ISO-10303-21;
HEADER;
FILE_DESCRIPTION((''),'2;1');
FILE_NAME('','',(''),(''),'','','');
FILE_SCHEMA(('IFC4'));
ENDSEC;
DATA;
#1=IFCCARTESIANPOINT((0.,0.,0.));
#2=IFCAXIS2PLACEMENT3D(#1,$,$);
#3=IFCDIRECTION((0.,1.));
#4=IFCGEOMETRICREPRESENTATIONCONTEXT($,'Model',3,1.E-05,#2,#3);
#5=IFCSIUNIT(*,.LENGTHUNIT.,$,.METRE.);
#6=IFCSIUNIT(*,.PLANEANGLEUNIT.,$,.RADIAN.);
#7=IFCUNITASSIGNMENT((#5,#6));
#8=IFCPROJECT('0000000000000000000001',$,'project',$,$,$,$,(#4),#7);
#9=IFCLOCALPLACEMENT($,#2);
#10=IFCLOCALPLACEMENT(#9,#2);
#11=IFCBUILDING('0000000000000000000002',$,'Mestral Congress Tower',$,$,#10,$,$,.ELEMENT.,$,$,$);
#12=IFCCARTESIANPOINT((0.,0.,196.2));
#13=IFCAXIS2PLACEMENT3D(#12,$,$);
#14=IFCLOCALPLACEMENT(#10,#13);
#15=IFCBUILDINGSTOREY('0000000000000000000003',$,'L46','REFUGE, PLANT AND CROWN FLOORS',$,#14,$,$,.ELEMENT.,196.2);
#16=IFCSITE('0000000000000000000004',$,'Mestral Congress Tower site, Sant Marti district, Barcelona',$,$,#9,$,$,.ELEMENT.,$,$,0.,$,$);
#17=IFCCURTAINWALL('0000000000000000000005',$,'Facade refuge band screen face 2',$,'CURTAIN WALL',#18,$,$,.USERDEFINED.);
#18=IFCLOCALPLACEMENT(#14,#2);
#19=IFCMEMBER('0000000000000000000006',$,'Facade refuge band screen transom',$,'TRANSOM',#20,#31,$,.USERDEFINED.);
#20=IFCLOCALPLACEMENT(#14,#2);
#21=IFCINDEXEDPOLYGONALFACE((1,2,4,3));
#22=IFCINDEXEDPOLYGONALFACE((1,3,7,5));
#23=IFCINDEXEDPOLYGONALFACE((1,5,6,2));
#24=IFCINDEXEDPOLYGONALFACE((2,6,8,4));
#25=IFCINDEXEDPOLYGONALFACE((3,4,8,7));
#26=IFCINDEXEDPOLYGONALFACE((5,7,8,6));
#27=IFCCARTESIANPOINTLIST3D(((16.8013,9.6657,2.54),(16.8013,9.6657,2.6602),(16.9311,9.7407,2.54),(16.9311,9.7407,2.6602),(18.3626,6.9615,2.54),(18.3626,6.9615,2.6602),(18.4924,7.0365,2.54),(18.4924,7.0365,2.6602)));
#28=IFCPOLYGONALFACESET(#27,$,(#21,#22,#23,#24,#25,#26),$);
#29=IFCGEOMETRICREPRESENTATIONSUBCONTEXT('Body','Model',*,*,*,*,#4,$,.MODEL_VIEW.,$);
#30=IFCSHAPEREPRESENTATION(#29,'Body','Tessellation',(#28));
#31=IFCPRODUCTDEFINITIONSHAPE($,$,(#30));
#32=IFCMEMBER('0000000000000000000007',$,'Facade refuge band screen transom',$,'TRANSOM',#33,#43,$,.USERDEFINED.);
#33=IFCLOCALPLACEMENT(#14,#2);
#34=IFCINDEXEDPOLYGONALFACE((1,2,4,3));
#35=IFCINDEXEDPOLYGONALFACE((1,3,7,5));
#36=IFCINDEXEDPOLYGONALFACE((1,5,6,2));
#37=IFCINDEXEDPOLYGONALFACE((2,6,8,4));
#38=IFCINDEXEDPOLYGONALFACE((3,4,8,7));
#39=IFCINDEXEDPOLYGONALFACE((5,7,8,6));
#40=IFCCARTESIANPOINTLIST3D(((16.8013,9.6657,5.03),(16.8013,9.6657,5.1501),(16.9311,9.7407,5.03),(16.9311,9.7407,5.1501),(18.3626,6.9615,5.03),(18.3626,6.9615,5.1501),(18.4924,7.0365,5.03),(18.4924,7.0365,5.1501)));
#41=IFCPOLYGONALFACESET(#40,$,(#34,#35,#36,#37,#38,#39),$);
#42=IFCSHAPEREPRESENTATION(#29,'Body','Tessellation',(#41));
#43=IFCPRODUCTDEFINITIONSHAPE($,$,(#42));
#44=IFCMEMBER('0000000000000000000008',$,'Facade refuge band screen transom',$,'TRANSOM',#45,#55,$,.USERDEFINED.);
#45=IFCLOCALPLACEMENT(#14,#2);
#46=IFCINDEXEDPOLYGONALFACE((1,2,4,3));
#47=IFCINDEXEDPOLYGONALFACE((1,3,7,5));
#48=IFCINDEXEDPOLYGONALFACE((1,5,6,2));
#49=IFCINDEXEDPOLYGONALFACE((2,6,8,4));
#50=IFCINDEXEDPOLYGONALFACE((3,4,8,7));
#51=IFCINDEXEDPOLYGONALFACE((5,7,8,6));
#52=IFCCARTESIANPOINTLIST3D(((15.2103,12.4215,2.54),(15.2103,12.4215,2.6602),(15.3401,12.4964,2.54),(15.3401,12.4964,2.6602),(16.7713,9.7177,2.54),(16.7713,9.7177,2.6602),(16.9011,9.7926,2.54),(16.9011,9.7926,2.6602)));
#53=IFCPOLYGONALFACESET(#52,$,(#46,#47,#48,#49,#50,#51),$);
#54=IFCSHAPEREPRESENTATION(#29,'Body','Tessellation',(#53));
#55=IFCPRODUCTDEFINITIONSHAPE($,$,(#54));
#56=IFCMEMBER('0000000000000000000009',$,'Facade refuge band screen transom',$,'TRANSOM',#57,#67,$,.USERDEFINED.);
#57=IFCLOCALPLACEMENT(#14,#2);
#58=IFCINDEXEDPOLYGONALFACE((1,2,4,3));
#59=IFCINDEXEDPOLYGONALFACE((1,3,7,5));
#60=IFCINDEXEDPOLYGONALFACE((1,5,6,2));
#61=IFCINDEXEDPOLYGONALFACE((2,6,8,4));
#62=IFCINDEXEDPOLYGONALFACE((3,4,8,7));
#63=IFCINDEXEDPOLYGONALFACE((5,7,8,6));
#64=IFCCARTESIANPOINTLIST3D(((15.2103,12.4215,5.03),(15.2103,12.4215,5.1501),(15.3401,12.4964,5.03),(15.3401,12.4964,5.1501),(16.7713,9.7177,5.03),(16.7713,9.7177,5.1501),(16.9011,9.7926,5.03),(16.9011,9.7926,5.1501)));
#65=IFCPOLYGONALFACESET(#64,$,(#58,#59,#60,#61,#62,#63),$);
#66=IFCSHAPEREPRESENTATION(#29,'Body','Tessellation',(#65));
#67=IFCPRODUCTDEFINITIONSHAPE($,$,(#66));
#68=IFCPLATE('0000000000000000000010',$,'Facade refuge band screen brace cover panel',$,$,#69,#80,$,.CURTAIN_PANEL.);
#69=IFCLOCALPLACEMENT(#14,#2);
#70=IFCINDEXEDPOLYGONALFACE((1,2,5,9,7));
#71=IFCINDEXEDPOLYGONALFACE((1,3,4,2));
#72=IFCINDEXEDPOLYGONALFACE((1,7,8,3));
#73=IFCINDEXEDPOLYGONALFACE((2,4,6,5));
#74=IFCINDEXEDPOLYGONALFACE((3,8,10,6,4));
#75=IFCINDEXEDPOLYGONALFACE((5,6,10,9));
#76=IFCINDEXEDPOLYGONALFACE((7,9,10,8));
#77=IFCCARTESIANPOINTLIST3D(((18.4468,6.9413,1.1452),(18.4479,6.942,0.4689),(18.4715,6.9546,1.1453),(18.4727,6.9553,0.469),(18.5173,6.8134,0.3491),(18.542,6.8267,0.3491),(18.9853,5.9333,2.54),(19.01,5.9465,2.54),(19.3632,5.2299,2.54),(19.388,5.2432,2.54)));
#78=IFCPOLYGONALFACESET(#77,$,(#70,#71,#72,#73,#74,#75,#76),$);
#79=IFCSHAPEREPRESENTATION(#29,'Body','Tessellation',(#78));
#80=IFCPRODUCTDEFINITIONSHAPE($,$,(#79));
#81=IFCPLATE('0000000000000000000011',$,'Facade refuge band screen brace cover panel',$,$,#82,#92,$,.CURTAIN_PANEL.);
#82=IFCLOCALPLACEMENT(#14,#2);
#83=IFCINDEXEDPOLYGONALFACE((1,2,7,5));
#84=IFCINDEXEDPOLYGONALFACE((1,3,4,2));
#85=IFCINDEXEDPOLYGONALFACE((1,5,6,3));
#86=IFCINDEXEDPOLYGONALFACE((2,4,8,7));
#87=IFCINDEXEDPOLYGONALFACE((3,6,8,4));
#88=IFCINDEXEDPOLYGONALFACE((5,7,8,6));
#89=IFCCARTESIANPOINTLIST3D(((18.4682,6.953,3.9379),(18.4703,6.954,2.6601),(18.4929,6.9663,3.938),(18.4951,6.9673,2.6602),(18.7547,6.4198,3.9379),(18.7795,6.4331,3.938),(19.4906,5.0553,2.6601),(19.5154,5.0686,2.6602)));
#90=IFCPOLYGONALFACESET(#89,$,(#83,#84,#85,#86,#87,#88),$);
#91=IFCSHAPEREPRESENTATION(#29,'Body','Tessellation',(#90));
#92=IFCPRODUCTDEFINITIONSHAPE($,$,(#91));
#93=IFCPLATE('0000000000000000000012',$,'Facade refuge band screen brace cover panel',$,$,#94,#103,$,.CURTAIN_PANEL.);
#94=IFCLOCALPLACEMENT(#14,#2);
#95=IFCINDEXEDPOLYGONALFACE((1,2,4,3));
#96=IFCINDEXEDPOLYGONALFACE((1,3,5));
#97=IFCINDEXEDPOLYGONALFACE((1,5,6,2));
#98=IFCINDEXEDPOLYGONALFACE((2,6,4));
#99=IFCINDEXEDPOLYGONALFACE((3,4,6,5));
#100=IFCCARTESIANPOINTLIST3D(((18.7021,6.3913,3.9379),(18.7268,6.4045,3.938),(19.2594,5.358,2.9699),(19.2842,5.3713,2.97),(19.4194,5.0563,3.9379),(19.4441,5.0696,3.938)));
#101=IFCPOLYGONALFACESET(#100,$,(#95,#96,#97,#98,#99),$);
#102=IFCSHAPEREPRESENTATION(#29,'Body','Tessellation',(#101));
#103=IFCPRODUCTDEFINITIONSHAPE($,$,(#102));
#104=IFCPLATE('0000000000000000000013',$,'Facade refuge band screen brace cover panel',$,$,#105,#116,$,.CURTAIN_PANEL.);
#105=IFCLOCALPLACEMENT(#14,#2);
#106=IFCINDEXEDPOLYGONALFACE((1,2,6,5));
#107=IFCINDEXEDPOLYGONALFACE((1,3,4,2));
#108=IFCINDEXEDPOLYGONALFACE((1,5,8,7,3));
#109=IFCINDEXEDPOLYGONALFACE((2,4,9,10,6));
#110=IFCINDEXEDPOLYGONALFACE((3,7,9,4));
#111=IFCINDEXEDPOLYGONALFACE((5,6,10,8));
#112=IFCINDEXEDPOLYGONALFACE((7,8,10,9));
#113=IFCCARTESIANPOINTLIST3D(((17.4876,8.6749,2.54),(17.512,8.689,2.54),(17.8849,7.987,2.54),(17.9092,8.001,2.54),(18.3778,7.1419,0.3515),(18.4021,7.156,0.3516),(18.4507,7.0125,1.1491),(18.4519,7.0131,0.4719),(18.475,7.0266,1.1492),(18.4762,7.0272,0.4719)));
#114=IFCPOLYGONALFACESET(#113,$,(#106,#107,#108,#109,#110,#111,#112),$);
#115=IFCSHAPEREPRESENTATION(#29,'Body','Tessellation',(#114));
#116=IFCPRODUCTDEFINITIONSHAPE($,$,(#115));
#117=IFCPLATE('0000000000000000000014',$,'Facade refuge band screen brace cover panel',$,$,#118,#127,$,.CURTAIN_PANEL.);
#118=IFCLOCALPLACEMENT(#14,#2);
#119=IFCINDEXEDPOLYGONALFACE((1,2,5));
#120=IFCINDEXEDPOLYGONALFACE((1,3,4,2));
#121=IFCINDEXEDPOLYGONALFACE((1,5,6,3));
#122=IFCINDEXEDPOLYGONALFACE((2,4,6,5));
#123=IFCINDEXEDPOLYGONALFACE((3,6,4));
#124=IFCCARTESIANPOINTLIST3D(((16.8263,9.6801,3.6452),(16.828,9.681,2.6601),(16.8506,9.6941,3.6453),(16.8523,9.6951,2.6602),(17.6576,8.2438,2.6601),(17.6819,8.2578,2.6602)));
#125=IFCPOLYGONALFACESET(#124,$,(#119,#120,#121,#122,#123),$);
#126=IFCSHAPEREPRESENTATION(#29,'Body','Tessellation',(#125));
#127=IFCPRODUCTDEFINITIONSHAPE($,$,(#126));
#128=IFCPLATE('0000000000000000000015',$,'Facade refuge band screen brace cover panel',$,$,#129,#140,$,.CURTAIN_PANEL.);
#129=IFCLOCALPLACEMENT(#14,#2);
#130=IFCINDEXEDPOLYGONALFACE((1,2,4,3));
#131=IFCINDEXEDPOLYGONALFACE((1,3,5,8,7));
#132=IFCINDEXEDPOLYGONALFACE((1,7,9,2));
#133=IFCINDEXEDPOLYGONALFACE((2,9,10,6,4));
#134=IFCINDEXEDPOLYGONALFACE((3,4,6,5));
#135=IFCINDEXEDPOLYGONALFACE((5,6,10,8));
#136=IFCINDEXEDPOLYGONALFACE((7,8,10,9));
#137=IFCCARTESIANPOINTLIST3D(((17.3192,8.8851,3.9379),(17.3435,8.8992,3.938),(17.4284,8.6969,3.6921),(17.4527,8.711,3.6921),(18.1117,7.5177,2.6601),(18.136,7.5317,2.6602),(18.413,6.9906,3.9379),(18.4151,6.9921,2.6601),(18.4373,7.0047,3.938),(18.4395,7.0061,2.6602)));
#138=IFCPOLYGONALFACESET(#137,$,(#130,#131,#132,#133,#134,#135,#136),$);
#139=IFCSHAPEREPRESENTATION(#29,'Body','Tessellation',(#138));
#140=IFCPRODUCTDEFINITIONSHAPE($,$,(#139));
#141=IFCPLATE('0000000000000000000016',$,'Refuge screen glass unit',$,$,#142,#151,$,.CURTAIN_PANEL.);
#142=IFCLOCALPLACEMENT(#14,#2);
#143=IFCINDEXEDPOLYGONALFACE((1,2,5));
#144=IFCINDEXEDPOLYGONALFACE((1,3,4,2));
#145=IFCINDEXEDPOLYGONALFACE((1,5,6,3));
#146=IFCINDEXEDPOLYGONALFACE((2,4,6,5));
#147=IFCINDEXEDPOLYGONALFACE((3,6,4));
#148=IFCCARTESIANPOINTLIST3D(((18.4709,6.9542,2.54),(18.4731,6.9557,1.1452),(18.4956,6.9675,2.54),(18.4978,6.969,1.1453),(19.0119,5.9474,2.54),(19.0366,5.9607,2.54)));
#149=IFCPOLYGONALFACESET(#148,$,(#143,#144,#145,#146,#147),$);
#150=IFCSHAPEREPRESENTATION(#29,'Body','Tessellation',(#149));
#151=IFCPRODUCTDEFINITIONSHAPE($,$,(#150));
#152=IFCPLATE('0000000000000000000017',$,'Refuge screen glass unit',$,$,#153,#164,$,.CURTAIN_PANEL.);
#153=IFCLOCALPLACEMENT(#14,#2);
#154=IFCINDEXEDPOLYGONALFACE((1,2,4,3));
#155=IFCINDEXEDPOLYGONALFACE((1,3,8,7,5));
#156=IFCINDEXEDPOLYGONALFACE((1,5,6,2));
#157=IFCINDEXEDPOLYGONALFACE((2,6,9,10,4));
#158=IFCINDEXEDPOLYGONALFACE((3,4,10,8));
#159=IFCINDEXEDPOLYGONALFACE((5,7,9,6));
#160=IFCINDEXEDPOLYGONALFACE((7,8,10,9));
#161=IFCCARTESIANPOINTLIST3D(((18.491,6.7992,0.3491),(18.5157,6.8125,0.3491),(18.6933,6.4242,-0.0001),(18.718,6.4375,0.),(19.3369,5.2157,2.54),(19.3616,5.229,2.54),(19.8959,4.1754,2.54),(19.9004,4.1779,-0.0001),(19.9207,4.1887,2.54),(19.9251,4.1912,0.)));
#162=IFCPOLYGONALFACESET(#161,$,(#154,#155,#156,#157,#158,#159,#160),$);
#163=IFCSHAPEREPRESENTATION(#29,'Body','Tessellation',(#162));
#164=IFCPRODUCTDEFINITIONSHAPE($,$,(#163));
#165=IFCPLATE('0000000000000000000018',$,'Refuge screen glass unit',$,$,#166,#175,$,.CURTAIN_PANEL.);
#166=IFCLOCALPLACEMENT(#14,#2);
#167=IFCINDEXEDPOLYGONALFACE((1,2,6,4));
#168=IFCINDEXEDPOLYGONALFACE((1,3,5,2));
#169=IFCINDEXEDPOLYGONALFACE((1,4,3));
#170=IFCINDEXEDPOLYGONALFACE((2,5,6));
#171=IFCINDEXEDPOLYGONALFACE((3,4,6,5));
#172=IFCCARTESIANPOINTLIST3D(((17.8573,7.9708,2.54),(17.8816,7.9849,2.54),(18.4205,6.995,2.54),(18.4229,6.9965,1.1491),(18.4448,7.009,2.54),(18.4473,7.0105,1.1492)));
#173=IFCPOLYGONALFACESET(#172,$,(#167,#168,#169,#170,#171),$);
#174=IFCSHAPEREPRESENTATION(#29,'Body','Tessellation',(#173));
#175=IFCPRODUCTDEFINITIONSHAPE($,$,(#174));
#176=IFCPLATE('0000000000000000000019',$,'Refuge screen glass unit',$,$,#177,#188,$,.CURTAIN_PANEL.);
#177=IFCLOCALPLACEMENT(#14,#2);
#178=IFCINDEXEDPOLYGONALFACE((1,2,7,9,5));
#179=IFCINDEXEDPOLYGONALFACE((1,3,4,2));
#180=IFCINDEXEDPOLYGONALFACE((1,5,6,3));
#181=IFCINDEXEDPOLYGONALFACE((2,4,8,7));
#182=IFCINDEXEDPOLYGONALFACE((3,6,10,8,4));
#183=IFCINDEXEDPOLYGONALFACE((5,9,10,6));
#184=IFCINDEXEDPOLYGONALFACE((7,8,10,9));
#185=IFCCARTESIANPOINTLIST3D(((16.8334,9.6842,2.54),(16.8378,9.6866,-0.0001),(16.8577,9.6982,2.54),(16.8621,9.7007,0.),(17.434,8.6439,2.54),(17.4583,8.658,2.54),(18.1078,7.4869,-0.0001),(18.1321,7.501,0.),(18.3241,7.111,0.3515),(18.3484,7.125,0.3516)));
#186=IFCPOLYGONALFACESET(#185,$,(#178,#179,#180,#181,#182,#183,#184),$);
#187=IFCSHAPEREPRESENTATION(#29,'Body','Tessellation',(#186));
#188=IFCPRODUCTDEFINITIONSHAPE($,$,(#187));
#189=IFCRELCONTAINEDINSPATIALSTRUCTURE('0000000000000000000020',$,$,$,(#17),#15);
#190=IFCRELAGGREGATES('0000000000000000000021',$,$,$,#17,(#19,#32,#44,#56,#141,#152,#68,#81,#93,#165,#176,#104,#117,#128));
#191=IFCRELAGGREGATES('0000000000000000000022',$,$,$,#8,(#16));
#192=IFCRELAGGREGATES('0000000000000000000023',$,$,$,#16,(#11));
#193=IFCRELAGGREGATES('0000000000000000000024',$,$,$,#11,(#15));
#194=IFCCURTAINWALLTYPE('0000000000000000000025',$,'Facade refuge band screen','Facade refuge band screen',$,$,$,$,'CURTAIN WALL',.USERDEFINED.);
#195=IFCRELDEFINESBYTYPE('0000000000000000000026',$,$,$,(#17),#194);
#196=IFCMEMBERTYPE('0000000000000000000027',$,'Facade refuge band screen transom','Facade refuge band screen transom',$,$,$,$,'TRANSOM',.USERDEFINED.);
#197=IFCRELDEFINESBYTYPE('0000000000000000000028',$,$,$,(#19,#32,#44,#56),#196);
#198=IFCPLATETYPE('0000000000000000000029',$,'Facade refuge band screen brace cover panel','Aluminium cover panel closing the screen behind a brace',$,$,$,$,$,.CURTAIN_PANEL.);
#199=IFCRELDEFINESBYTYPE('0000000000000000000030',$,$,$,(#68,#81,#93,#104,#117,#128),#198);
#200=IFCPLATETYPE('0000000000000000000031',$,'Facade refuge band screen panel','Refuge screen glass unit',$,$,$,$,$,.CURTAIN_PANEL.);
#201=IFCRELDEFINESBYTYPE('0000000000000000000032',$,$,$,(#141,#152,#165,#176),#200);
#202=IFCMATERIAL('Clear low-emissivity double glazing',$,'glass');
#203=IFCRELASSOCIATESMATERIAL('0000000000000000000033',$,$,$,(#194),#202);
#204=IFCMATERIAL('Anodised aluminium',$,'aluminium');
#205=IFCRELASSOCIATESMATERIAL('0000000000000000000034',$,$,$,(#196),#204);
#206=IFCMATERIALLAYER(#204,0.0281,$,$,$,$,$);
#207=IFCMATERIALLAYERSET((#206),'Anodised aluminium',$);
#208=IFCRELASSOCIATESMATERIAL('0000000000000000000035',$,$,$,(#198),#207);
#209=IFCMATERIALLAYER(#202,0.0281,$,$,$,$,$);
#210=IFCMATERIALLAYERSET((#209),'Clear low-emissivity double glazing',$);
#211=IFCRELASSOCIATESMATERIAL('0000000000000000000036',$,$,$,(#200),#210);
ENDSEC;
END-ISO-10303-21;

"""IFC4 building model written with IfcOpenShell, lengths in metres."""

from ifc_helpers import new_model, si_unit, direction, frame, origin, origin_2d, place, context, subcontext, project, spatial, polyline, rectangle, outline, extrude, material, layer, layer_set, material_profile, profile_set, type_object, element, aggregate, save


model = new_model("IFC4")

# Units and contexts
model_context = context("Model", 3, precision=1e-05, world=origin(), true_north=direction((0.0, 1.0)))
body_context = subcontext(model_context, "Body", "Model", "MODEL_VIEW")
ifc_project = project(units=[si_unit("LENGTHUNIT", "METRE"), si_unit("PLANEANGLEUNIT", "RADIAN")], contexts=[model_context])

# Site, building, storey
site_placement = place(None, origin())
site = spatial("IfcSite", under=ifc_project, at=site_placement, Name="Mestral Congress Tower site, Sant Marti district, Barcelona", CompositionType="ELEMENT", RefElevation=0.0)
building_placement = place(site_placement, origin())
building = spatial("IfcBuilding", under=site, at=building_placement, Name="Mestral Congress Tower", CompositionType="ELEMENT")
storey_placement = place(building_placement, frame((0.0, 0.0, 196.2)))
storey = spatial("IfcBuildingStorey", under=building, at=storey_placement, Name="L46", Description="REFUGE, PLANT AND CROWN FLOORS", CompositionType="ELEMENT", Elevation=196.2)

# Curtain wall, members, plates
ifc_material_1 = material(Name="Clear low-emissivity double glazing", Category="glass")
curtain_wall_type = type_object("IfcCurtainWallType", Name="Facade refuge band screen", Description="Facade refuge band screen", ElementType="CURTAIN WALL", PredefinedType="USERDEFINED", material=ifc_material_1)
curtain_wall_placement = place(storey_placement, origin())
curtain_wall = element("IfcCurtainWall", 1, at=curtain_wall_placement, inside=storey, type_object=curtain_wall_type, Name="Facade refuge band screen face 2", ObjectType="CURTAIN WALL", PredefinedType="USERDEFINED")
ifc_material_2 = material(Name="Anodised aluminium", Category="aluminium")
ifc_material_profile_1 = material_profile(ifc_material_2, rectangle(XDim=0.1499, YDim=0.1201, at=origin_2d()), Name="CW3 transom 150 x 120")
ifc_profile_set_1 = profile_set([ifc_material_profile_1], Name="Anodised aluminium")
member_type_1 = type_object("IfcMemberType", Name="Facade refuge band screen transom", Description="Facade refuge band screen transom", ElementType="TRANSOM", PredefinedType="USERDEFINED", material=ifc_profile_set_1)
member_1_placement = place(storey_placement, frame((18.4275, 6.999, 2.6001), z_axis=(-0.500016, 0.866016, 0.0), x_axis=(-0.866016, -0.500016, 0.0)))
member_1 = element("IfcMember", 2, at=member_1_placement, type_object=member_type_1, Name="Facade refuge band screen transom", ObjectType="TRANSOM", PredefinedType="USERDEFINED", context=body_context, shape_type="SweptSolid", body=[
    extrude(rectangle(XDim=0.1499, YDim=0.1201, at=origin_2d()), origin(), (0.0, 0.0, 1.0), 3.1226),
])
member_2_placement = place(storey_placement, frame((18.4275, 6.999, 5.0901), z_axis=(-0.500016, 0.866016, 0.0), x_axis=(-0.866016, -0.500016, 0.0)))
member_2 = element("IfcMember", 3, at=member_2_placement, type_object=member_type_1, Name="Facade refuge band screen transom", ObjectType="TRANSOM", PredefinedType="USERDEFINED", context=body_context, shape_type="SweptSolid", body=[
    extrude(rectangle(XDim=0.1499, YDim=0.1201, at=origin_2d()), origin(), (0.0, 0.0, 1.0), 3.1226),
])
member_3_placement = place(storey_placement, frame((16.8362, 9.7551, 2.6001), z_axis=(-0.499991, 0.866031, 0.0), x_axis=(-0.866031, -0.499991, 0.0)))
member_3 = element("IfcMember", 4, at=member_3_placement, type_object=member_type_1, Name="Facade refuge band screen transom", ObjectType="TRANSOM", PredefinedType="USERDEFINED", context=body_context, shape_type="SweptSolid", body=[
    extrude(rectangle(XDim=0.1499, YDim=0.1201, at=origin_2d()), origin(), (0.0, 0.0, 1.0), 3.1221),
])
member_4_placement = place(storey_placement, frame((16.8362, 9.7551, 5.0901), z_axis=(-0.499991, 0.866031, 0.0), x_axis=(-0.866031, -0.499991, 0.0)))
member_4 = element("IfcMember", 5, at=member_4_placement, type_object=member_type_1, Name="Facade refuge band screen transom", ObjectType="TRANSOM", PredefinedType="USERDEFINED", context=body_context, shape_type="SweptSolid", body=[
    extrude(rectangle(XDim=0.1499, YDim=0.1201, at=origin_2d()), origin(), (0.0, 0.0, 1.0), 3.1221),
])
ifc_layer_1 = layer(ifc_material_2, 0.0281)
ifc_layer_set_1 = layer_set([ifc_layer_1], Name="Anodised aluminium")
plate_type_1 = type_object("IfcPlateType", Name="Facade refuge band screen brace cover panel", Description="Aluminium cover panel closing the screen behind a brace", PredefinedType="CURTAIN_PANEL", material=ifc_layer_set_1)
plate_1_placement = place(storey_placement, frame((18.4727, 6.9553, 0.469), z_axis=(0.880886, 0.473325, 0.001982), x_axis=(0.367083, -0.680508, -0.63416)))
plate_1 = element("IfcPlate", 6, at=plate_1_placement, type_object=plate_type_1, Name="Facade refuge band screen brace cover panel", PredefinedType="CURTAIN_PANEL", context=body_context, shape_type="SweptSolid", body=[
    extrude(outline(polyline([(0.0, 0.0), (0.189, 0.0), (0.1877, -2.8325), (-0.4296, -2.3262), (-0.4288, -0.5229), (0.0, 0.0)])), origin(), (0.0, 0.0, -1.0), 0.0281),
])
plate_2_placement = place(storey_placement, frame((18.4929, 6.9663, 3.938), z_axis=(0.880861, 0.473371, 0.001821), x_axis=(0.001671, 0.000738, -0.999998)))
plate_2 = element("IfcPlate", 7, at=plate_2_placement, type_object=plate_type_1, Name="Facade refuge band screen brace cover panel", PredefinedType="CURTAIN_PANEL", context=body_context, shape_type="SweptSolid", body=[
    extrude(outline(polyline([(0.0, 0.0), (1.2778, 0.0), (1.2781, -2.1554), (0.0001, -0.6054), (0.0, 0.0)])), origin(), (0.0, 0.0, -1.0), 0.0281),
])
plate_3_placement = place(storey_placement, frame((18.7268, 6.4045, 3.938), z_axis=(0.880893, 0.473311, 0.002025), x_axis=(0.36631, -0.679029, -0.636189)))
plate_3 = element("IfcPlate", 8, at=plate_3_placement, type_object=plate_type_1, Name="Facade refuge band screen brace cover panel", PredefinedType="CURTAIN_PANEL", context=body_context, shape_type="SweptSolid", body=[
    extrude(outline(polyline([(0.0, 0.0), (1.5216, 0.0), (1.1692, -0.9641), (0.0, 0.0)])), origin(), (0.0, 0.0, -1.0), 0.0281),
])
plate_4_placement = place(storey_placement, frame((17.512, 8.689, 2.54), z_axis=(0.865998, 0.500043, 0.001952), x_axis=(0.31605, -0.544317, -0.777066)))
plate_4 = element("IfcPlate", 9, at=plate_4_placement, type_object=plate_type_1, Name="Facade refuge band screen brace cover panel", PredefinedType="CURTAIN_PANEL", context=body_context, shape_type="SweptSolid", body=[
    extrude(outline(polyline([(0.0, 0.0), (2.8163, 0.0), (2.8164, -0.1912), (2.29, -0.6175), (0.5, -0.6173), (0.0, 0.0)])), origin(), (0.0, 0.0, -1.0), 0.0281),
])
plate_5_placement = place(storey_placement, frame((16.8506, 9.6941, 3.6453), z_axis=(0.866079, 0.499904, 0.001998), x_axis=(0.001735, 0.000991, -0.999998)))
plate_5 = element("IfcPlate", 10, at=plate_5_placement, type_object=plate_type_1, Name="Facade refuge band screen brace cover panel", PredefinedType="CURTAIN_PANEL", context=body_context, shape_type="SweptSolid", body=[
    extrude(outline(polyline([(0.0, 0.0), (0.9851, 0.0), (0.9851, -1.6595), (0.0, 0.0)])), origin(), (0.0, 0.0, -1.0), 0.0281),
])
plate_6_placement = place(storey_placement, frame((18.4395, 7.0061, 2.6602), z_axis=(0.866015, 0.500013, 0.002012), x_axis=(-0.001676, -0.001121, 0.999998)))
plate_6 = element("IfcPlate", 11, at=plate_6_placement, type_object=plate_type_1, Name="Facade refuge band screen brace cover panel", PredefinedType="CURTAIN_PANEL", context=body_context, shape_type="SweptSolid", body=[
    extrude(outline(polyline([(0.0, 0.0), (1.2778, 0.0), (1.2775, -2.1876), (1.0317, -1.97), (-0.0001, -0.6069), (0.0, 0.0)])), origin(), (0.0, 0.0, -1.0), 0.0281),
])
ifc_layer_2 = layer(ifc_material_1, 0.0281)
ifc_layer_set_2 = layer_set([ifc_layer_2], Name="Clear low-emissivity double glazing")
plate_type_2 = type_object("IfcPlateType", Name="Facade refuge band screen panel", Description="Refuge screen glass unit", PredefinedType="CURTAIN_PANEL", material=ifc_layer_set_2)
plate_7_placement = place(storey_placement, frame((18.4956, 6.9675, 2.54), z_axis=(0.880881, 0.473335, 0.001885), x_axis=(0.001575, 0.00105, -0.999998)))
plate_7 = element("IfcPlate", 12, at=plate_7_placement, type_object=plate_type_2, Name="Refuge screen glass unit", PredefinedType="CURTAIN_PANEL", context=body_context, shape_type="SweptSolid", body=[
    extrude(outline(polyline([(0.0, 0.0), (1.3948, 0.0), (-0.0002, -1.143), (0.0, 0.0)])), origin(), (0.0, 0.0, -1.0), 0.0281),
])
plate_8_placement = place(storey_placement, frame((18.718, 6.4375, 0.0), z_axis=(0.880865, 0.473363, 0.002015), x_axis=(0.473364, -0.880867, 0.0)))
plate_8 = element("IfcPlate", 13, at=plate_8_placement, type_object=plate_type_2, Name="Refuge screen glass unit", PredefinedType="CURTAIN_PANEL", context=body_context, shape_type="SweptSolid", body=[
    extrude(outline(polyline([(0.0, 0.0), (2.5501, 0.0), (2.5502, -2.54), (1.3692, -2.54), (-0.4261, -0.3491), (0.0, 0.0)])), origin(), (0.0, 0.0, -1.0), 0.0281),
])
plate_9_placement = place(storey_placement, frame((18.4448, 7.009, 2.54), z_axis=(0.866086, 0.49989, 0.002047), x_axis=(-0.499891, 0.866088, 0.0)))
plate_9 = element("IfcPlate", 14, at=plate_9_placement, type_object=plate_type_2, Name="Refuge screen glass unit", PredefinedType="CURTAIN_PANEL", context=body_context, shape_type="SweptSolid", body=[
    extrude(outline(polyline([(0.0, 0.0), (1.1267, 0.0), (0.0, -1.3909), (0.0, 0.0)])), origin(), (0.0, 0.0, -1.0), 0.0281),
])
plate_10_placement = place(storey_placement, frame((16.8577, 9.6982, 2.54), z_axis=(0.866019, 0.500007, 0.001982), x_axis=(0.001733, 0.000963, -0.999998)))
plate_10 = element("IfcPlate", 15, at=plate_10_placement, type_object=plate_type_2, Name="Refuge screen glass unit", PredefinedType="CURTAIN_PANEL", context=body_context, shape_type="SweptSolid", body=[
    extrude(outline(polyline([(0.0, 0.0), (2.54, 0.0), (2.5401, -2.54), (2.1886, -2.9738), (0.0, -1.2012), (0.0, 0.0)])), origin(), (0.0, 0.0, -1.0), 0.0281),
])

aggregate(curtain_wall, [member_1, member_2, member_3, member_4, plate_7, plate_8, plate_1, plate_2, plate_3, plate_9, plate_10, plate_4, plate_5, plate_6])

save(model, "model.ifc")
